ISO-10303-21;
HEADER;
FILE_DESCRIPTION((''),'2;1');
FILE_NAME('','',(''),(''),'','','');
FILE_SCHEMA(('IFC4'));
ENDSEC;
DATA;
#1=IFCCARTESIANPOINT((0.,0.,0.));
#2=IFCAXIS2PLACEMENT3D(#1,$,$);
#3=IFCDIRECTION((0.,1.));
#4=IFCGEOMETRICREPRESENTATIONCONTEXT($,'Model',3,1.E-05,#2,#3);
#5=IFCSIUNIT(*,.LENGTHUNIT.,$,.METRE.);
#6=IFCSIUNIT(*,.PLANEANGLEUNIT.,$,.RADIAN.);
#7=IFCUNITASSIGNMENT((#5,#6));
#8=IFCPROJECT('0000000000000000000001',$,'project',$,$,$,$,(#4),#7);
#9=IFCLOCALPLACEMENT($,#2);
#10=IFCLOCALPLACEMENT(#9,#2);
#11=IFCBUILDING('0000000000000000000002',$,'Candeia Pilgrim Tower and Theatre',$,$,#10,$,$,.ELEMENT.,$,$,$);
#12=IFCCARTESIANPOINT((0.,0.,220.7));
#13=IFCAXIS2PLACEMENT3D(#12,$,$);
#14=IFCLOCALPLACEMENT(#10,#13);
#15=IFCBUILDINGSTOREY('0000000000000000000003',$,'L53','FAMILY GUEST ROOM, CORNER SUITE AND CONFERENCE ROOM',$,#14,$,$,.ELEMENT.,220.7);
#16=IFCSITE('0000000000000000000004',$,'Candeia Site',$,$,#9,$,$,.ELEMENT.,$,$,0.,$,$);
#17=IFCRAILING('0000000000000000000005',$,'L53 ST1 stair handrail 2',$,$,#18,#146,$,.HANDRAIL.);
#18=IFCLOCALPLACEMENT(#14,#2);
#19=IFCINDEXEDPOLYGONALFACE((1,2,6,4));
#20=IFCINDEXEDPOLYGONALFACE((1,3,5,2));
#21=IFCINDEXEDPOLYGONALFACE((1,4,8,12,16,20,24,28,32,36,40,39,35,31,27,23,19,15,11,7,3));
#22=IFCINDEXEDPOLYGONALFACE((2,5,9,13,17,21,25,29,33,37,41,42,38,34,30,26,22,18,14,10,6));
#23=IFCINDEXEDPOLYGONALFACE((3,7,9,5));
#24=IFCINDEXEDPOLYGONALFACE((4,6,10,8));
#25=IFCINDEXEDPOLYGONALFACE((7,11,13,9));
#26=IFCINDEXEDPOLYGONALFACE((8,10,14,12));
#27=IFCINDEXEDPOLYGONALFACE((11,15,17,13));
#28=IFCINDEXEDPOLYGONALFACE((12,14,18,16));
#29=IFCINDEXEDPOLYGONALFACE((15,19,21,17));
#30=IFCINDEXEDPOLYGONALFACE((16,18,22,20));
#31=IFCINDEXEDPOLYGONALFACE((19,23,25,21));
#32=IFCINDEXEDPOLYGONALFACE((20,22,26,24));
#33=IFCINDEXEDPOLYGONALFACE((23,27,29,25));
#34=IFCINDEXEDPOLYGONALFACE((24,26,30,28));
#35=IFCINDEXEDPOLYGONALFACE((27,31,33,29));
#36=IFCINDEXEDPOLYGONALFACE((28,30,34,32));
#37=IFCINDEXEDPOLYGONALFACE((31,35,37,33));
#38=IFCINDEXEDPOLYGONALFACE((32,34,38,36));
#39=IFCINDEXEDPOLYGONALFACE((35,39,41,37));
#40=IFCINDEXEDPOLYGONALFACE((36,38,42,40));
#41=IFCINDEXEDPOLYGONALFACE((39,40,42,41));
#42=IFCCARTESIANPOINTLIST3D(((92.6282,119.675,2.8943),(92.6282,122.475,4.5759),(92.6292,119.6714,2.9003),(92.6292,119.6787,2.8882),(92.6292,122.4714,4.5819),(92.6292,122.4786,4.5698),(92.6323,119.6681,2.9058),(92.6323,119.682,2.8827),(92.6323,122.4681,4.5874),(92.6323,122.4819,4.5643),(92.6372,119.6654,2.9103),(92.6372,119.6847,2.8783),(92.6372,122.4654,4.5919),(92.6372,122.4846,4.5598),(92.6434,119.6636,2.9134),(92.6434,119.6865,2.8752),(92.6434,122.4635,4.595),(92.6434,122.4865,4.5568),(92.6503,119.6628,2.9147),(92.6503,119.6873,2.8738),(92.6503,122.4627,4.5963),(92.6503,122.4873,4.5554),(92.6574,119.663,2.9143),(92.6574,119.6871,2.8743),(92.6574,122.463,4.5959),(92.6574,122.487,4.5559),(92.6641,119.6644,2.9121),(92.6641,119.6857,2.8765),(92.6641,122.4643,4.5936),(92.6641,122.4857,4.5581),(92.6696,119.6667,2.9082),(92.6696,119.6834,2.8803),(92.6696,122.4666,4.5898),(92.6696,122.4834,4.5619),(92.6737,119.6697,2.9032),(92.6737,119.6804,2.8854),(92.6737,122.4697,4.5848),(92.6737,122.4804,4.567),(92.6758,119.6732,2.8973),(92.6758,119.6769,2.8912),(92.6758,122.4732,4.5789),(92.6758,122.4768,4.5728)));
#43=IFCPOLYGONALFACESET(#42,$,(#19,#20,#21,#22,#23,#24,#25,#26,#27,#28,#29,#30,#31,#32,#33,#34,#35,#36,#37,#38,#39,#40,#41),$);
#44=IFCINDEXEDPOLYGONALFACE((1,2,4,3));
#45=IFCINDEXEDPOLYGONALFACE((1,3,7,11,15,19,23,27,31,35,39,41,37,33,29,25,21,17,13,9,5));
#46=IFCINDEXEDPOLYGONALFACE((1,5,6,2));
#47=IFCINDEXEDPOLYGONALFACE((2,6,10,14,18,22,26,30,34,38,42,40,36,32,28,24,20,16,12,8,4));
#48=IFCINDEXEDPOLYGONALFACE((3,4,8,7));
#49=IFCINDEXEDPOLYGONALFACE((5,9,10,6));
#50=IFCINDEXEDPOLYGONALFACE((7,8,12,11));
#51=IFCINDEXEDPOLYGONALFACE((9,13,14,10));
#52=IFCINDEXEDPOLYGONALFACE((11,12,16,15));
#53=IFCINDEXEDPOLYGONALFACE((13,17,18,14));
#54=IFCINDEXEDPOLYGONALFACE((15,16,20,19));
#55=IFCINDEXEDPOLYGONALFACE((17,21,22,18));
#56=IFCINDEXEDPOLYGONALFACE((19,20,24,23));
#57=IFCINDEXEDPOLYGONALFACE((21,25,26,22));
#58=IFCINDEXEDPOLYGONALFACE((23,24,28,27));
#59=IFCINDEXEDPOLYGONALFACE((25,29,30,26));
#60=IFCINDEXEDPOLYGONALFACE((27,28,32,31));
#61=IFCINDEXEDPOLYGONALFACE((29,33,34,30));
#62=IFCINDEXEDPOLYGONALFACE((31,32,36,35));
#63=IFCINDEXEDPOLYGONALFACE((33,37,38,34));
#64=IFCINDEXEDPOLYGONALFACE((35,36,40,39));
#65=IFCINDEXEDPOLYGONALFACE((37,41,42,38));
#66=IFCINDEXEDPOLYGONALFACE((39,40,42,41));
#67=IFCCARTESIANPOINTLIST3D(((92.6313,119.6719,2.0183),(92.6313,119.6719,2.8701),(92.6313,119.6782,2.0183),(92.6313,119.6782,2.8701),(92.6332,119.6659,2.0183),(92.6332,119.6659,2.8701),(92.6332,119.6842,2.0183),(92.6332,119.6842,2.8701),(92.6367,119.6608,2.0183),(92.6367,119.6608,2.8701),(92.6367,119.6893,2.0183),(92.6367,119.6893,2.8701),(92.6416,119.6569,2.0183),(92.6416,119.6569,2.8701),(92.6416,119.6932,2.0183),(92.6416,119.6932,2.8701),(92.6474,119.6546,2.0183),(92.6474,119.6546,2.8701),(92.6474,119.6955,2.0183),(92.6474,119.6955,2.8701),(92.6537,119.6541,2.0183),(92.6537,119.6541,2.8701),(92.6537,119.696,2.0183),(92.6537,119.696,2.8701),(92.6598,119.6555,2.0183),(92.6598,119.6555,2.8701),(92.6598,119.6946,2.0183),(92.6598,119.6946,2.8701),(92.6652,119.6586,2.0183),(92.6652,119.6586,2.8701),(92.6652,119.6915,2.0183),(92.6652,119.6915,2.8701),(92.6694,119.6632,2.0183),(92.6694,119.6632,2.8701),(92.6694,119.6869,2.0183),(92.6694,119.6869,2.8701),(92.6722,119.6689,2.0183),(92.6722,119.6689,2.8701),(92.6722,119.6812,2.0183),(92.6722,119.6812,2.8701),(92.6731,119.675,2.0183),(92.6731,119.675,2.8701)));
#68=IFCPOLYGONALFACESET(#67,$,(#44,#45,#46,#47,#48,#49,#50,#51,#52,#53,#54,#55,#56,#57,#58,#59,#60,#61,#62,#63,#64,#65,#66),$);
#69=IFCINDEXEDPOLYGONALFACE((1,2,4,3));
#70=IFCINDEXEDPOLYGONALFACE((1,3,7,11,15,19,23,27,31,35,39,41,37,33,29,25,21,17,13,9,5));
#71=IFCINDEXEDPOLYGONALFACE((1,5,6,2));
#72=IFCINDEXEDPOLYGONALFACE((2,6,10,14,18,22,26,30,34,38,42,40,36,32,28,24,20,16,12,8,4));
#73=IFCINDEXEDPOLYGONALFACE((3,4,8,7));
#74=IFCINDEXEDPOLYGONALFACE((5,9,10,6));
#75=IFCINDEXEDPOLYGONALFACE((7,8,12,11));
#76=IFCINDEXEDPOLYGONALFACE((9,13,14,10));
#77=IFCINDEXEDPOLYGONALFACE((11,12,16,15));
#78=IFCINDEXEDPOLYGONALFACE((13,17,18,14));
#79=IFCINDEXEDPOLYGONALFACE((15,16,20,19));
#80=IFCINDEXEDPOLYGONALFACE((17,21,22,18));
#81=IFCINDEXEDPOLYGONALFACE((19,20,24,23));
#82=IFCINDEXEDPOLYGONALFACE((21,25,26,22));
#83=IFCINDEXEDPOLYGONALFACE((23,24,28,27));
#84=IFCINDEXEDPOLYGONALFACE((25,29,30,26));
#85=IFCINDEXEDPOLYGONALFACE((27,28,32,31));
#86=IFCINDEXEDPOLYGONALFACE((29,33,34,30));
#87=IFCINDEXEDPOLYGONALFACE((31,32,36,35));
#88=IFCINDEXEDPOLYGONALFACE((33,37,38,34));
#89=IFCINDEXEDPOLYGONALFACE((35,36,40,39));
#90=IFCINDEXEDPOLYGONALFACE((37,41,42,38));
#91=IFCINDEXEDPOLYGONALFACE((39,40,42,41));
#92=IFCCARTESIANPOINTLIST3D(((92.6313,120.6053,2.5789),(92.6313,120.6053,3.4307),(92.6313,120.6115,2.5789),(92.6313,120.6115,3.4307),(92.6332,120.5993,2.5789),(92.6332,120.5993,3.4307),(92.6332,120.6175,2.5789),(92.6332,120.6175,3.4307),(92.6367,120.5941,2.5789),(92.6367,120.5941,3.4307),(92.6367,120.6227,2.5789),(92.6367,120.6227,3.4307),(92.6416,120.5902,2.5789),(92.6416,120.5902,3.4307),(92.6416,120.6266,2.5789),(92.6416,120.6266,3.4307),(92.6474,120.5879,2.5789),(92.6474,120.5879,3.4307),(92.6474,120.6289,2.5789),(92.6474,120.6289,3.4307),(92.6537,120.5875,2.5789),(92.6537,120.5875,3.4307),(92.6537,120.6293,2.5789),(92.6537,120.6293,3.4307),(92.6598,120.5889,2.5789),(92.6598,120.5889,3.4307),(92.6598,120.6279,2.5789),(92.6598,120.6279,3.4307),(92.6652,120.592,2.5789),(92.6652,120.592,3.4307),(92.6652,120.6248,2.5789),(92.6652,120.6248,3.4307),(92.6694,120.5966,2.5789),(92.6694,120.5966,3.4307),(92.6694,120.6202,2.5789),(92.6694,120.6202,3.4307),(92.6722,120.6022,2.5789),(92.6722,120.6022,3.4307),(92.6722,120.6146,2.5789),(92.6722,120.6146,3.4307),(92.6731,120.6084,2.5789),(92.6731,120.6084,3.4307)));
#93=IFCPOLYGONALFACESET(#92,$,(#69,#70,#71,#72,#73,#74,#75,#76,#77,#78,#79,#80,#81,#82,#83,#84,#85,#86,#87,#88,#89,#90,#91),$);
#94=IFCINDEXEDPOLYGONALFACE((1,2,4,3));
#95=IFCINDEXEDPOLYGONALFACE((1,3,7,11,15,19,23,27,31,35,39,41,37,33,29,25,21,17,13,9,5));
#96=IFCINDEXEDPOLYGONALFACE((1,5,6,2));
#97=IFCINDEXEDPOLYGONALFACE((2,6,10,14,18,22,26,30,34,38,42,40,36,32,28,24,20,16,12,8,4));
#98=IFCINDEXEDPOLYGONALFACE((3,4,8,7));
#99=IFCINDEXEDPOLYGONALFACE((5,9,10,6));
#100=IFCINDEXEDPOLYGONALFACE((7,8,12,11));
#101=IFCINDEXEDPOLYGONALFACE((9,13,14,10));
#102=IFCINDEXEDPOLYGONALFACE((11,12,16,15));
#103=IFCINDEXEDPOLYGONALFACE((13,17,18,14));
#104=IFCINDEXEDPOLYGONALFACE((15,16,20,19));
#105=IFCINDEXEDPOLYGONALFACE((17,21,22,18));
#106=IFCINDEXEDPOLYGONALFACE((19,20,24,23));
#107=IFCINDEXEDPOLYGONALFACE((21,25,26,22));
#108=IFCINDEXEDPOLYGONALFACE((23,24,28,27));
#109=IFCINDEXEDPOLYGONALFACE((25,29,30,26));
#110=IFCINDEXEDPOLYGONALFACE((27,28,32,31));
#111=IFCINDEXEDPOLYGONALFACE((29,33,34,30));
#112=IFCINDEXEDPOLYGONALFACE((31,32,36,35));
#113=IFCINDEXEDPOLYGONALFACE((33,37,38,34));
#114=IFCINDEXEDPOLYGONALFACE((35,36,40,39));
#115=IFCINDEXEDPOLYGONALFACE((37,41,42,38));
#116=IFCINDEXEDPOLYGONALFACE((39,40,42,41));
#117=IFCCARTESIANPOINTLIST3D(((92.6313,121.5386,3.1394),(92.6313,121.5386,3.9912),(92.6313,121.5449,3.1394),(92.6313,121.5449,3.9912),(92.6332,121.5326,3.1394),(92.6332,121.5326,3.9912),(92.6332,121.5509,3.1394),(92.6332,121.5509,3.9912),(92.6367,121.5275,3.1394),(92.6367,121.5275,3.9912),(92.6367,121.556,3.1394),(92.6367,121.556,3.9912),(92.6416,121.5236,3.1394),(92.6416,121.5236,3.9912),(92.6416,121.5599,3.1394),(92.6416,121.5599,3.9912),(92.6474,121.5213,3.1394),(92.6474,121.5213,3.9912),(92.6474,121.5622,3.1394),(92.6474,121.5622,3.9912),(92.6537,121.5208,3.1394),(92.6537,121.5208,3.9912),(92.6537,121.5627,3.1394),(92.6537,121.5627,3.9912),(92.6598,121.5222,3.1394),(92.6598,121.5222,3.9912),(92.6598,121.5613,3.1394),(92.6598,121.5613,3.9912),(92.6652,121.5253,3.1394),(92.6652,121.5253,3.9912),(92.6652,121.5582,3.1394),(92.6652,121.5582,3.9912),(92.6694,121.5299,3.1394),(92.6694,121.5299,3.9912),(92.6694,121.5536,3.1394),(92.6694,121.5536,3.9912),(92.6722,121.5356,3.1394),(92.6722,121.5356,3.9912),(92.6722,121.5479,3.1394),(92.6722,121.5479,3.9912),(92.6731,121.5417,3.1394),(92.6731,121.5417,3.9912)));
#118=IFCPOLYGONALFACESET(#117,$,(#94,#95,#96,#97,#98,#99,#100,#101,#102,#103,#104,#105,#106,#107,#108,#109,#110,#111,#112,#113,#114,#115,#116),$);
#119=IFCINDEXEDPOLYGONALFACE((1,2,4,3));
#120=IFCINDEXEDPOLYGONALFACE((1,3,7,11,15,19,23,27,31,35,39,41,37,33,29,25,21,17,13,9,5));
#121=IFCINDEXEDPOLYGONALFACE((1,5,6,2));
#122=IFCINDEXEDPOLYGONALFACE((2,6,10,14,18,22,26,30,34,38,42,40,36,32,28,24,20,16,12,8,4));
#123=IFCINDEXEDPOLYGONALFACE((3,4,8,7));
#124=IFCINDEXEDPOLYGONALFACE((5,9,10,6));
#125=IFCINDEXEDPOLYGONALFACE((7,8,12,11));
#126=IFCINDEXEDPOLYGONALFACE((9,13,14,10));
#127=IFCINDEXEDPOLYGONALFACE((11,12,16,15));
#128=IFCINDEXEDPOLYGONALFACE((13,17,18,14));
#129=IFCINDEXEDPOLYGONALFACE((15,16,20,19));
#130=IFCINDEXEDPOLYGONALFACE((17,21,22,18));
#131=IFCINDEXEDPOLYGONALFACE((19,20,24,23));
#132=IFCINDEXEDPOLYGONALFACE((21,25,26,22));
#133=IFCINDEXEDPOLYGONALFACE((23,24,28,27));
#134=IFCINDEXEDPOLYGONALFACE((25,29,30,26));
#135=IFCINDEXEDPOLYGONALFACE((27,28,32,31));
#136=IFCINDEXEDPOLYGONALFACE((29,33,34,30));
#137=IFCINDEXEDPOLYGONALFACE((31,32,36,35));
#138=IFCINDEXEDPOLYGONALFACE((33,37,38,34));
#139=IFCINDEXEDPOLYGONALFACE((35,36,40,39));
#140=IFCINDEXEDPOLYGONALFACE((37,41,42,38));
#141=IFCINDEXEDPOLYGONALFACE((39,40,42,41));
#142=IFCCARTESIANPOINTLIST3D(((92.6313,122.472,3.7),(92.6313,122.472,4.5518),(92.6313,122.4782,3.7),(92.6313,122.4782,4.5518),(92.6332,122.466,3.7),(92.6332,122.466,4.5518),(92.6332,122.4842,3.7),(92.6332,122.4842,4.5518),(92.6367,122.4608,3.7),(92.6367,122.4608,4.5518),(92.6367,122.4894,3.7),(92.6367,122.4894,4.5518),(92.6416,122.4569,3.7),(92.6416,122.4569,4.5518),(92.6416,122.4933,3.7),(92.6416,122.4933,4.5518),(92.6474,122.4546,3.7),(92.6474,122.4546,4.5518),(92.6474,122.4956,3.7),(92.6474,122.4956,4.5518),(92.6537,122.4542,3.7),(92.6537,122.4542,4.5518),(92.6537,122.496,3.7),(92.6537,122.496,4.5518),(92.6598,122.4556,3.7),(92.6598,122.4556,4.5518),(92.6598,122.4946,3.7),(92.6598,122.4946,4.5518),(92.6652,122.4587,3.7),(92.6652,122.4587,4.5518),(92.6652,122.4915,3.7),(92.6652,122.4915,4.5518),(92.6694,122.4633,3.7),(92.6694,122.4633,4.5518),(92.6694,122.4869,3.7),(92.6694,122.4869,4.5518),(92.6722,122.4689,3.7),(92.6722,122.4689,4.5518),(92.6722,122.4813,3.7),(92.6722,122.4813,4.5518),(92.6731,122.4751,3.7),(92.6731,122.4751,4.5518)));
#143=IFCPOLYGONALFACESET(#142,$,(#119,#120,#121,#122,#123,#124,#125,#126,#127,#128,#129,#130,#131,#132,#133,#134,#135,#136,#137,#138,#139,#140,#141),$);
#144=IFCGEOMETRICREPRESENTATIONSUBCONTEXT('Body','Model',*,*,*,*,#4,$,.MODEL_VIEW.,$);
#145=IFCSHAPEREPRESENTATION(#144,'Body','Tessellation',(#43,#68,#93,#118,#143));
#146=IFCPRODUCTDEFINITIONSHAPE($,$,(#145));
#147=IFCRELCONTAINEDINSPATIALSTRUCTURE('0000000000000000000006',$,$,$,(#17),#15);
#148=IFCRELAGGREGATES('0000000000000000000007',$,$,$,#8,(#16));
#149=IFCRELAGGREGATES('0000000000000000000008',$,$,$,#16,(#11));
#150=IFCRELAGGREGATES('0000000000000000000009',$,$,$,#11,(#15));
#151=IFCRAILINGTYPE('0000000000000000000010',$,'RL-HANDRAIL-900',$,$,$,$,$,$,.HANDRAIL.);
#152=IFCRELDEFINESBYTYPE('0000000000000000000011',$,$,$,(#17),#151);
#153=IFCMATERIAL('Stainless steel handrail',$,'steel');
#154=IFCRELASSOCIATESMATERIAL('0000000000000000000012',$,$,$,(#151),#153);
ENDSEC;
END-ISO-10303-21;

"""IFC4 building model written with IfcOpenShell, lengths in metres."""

from ifc_helpers import new_model, si_unit, direction, frame, origin, origin_2d, place, context, subcontext, project, spatial, circle, extrude, material, type_object, element, save


model = new_model("IFC4")

# Units and contexts
model_context = context("Model", 3, precision=1e-05, world=origin(), true_north=direction((0.0, 1.0)))
body_context = subcontext(model_context, "Body", "Model", "MODEL_VIEW")
ifc_project = project(units=[si_unit("LENGTHUNIT", "METRE"), si_unit("PLANEANGLEUNIT", "RADIAN")], contexts=[model_context])

# Site, building, storey
site_placement = place(None, origin())
site = spatial("IfcSite", under=ifc_project, at=site_placement, Name="Candeia Site", CompositionType="ELEMENT", RefElevation=0.0)
building_placement = place(site_placement, origin())
building = spatial("IfcBuilding", under=site, at=building_placement, Name="Candeia Pilgrim Tower and Theatre", CompositionType="ELEMENT")
storey_placement = place(building_placement, frame((0.0, 0.0, 220.7)))
storey = spatial("IfcBuildingStorey", under=building, at=storey_placement, Name="L53", Description="FAMILY GUEST ROOM, CORNER SUITE AND CONFERENCE ROOM", CompositionType="ELEMENT", Elevation=220.7)

# Railing
ifc_material_1 = material(Name="Stainless steel handrail", Category="steel")
railing_type = type_object("IfcRailingType", Name="RL-HANDRAIL-900", PredefinedType="HANDRAIL", material=ifc_material_1)
for number, where, name in (
    (1, (92.6521, 119.675, 2.0183), "L53 ST1 stair handrail 2"),
):
    element("IfcRailing", number, at=place(storey_placement, frame(where)), inside=storey, type_object=railing_type, Name=name, PredefinedType="HANDRAIL", context=body_context, shape_type="SweptSolid", body=[
        extrude(circle(Radius=0.0239, at=origin_2d()), frame((0.0, 0.0, 0.876), z_axis=(0.0, 0.857275, 0.514858), x_axis=(-1.0, 0.0, 0.0)), (0.0, 0.0, 1.0), 3.2661),
        extrude(circle(Radius=0.021, at=origin_2d()), origin(), (0.0, 0.0, 1.0), 0.8518),
        extrude(circle(Radius=0.021, at=origin_2d()), frame((0.0, 0.9333, 0.5605)), (0.0, 0.0, 1.0), 0.8518),
        extrude(circle(Radius=0.021, at=origin_2d()), frame((0.0, 1.8667, 1.1211)), (0.0, 0.0, 1.0), 0.8518),
        extrude(circle(Radius=0.021, at=origin_2d()), frame((0.0, 2.8, 1.6816)), (0.0, 0.0, 1.0), 0.8518),
    ])

save(model, "model.ifc")
